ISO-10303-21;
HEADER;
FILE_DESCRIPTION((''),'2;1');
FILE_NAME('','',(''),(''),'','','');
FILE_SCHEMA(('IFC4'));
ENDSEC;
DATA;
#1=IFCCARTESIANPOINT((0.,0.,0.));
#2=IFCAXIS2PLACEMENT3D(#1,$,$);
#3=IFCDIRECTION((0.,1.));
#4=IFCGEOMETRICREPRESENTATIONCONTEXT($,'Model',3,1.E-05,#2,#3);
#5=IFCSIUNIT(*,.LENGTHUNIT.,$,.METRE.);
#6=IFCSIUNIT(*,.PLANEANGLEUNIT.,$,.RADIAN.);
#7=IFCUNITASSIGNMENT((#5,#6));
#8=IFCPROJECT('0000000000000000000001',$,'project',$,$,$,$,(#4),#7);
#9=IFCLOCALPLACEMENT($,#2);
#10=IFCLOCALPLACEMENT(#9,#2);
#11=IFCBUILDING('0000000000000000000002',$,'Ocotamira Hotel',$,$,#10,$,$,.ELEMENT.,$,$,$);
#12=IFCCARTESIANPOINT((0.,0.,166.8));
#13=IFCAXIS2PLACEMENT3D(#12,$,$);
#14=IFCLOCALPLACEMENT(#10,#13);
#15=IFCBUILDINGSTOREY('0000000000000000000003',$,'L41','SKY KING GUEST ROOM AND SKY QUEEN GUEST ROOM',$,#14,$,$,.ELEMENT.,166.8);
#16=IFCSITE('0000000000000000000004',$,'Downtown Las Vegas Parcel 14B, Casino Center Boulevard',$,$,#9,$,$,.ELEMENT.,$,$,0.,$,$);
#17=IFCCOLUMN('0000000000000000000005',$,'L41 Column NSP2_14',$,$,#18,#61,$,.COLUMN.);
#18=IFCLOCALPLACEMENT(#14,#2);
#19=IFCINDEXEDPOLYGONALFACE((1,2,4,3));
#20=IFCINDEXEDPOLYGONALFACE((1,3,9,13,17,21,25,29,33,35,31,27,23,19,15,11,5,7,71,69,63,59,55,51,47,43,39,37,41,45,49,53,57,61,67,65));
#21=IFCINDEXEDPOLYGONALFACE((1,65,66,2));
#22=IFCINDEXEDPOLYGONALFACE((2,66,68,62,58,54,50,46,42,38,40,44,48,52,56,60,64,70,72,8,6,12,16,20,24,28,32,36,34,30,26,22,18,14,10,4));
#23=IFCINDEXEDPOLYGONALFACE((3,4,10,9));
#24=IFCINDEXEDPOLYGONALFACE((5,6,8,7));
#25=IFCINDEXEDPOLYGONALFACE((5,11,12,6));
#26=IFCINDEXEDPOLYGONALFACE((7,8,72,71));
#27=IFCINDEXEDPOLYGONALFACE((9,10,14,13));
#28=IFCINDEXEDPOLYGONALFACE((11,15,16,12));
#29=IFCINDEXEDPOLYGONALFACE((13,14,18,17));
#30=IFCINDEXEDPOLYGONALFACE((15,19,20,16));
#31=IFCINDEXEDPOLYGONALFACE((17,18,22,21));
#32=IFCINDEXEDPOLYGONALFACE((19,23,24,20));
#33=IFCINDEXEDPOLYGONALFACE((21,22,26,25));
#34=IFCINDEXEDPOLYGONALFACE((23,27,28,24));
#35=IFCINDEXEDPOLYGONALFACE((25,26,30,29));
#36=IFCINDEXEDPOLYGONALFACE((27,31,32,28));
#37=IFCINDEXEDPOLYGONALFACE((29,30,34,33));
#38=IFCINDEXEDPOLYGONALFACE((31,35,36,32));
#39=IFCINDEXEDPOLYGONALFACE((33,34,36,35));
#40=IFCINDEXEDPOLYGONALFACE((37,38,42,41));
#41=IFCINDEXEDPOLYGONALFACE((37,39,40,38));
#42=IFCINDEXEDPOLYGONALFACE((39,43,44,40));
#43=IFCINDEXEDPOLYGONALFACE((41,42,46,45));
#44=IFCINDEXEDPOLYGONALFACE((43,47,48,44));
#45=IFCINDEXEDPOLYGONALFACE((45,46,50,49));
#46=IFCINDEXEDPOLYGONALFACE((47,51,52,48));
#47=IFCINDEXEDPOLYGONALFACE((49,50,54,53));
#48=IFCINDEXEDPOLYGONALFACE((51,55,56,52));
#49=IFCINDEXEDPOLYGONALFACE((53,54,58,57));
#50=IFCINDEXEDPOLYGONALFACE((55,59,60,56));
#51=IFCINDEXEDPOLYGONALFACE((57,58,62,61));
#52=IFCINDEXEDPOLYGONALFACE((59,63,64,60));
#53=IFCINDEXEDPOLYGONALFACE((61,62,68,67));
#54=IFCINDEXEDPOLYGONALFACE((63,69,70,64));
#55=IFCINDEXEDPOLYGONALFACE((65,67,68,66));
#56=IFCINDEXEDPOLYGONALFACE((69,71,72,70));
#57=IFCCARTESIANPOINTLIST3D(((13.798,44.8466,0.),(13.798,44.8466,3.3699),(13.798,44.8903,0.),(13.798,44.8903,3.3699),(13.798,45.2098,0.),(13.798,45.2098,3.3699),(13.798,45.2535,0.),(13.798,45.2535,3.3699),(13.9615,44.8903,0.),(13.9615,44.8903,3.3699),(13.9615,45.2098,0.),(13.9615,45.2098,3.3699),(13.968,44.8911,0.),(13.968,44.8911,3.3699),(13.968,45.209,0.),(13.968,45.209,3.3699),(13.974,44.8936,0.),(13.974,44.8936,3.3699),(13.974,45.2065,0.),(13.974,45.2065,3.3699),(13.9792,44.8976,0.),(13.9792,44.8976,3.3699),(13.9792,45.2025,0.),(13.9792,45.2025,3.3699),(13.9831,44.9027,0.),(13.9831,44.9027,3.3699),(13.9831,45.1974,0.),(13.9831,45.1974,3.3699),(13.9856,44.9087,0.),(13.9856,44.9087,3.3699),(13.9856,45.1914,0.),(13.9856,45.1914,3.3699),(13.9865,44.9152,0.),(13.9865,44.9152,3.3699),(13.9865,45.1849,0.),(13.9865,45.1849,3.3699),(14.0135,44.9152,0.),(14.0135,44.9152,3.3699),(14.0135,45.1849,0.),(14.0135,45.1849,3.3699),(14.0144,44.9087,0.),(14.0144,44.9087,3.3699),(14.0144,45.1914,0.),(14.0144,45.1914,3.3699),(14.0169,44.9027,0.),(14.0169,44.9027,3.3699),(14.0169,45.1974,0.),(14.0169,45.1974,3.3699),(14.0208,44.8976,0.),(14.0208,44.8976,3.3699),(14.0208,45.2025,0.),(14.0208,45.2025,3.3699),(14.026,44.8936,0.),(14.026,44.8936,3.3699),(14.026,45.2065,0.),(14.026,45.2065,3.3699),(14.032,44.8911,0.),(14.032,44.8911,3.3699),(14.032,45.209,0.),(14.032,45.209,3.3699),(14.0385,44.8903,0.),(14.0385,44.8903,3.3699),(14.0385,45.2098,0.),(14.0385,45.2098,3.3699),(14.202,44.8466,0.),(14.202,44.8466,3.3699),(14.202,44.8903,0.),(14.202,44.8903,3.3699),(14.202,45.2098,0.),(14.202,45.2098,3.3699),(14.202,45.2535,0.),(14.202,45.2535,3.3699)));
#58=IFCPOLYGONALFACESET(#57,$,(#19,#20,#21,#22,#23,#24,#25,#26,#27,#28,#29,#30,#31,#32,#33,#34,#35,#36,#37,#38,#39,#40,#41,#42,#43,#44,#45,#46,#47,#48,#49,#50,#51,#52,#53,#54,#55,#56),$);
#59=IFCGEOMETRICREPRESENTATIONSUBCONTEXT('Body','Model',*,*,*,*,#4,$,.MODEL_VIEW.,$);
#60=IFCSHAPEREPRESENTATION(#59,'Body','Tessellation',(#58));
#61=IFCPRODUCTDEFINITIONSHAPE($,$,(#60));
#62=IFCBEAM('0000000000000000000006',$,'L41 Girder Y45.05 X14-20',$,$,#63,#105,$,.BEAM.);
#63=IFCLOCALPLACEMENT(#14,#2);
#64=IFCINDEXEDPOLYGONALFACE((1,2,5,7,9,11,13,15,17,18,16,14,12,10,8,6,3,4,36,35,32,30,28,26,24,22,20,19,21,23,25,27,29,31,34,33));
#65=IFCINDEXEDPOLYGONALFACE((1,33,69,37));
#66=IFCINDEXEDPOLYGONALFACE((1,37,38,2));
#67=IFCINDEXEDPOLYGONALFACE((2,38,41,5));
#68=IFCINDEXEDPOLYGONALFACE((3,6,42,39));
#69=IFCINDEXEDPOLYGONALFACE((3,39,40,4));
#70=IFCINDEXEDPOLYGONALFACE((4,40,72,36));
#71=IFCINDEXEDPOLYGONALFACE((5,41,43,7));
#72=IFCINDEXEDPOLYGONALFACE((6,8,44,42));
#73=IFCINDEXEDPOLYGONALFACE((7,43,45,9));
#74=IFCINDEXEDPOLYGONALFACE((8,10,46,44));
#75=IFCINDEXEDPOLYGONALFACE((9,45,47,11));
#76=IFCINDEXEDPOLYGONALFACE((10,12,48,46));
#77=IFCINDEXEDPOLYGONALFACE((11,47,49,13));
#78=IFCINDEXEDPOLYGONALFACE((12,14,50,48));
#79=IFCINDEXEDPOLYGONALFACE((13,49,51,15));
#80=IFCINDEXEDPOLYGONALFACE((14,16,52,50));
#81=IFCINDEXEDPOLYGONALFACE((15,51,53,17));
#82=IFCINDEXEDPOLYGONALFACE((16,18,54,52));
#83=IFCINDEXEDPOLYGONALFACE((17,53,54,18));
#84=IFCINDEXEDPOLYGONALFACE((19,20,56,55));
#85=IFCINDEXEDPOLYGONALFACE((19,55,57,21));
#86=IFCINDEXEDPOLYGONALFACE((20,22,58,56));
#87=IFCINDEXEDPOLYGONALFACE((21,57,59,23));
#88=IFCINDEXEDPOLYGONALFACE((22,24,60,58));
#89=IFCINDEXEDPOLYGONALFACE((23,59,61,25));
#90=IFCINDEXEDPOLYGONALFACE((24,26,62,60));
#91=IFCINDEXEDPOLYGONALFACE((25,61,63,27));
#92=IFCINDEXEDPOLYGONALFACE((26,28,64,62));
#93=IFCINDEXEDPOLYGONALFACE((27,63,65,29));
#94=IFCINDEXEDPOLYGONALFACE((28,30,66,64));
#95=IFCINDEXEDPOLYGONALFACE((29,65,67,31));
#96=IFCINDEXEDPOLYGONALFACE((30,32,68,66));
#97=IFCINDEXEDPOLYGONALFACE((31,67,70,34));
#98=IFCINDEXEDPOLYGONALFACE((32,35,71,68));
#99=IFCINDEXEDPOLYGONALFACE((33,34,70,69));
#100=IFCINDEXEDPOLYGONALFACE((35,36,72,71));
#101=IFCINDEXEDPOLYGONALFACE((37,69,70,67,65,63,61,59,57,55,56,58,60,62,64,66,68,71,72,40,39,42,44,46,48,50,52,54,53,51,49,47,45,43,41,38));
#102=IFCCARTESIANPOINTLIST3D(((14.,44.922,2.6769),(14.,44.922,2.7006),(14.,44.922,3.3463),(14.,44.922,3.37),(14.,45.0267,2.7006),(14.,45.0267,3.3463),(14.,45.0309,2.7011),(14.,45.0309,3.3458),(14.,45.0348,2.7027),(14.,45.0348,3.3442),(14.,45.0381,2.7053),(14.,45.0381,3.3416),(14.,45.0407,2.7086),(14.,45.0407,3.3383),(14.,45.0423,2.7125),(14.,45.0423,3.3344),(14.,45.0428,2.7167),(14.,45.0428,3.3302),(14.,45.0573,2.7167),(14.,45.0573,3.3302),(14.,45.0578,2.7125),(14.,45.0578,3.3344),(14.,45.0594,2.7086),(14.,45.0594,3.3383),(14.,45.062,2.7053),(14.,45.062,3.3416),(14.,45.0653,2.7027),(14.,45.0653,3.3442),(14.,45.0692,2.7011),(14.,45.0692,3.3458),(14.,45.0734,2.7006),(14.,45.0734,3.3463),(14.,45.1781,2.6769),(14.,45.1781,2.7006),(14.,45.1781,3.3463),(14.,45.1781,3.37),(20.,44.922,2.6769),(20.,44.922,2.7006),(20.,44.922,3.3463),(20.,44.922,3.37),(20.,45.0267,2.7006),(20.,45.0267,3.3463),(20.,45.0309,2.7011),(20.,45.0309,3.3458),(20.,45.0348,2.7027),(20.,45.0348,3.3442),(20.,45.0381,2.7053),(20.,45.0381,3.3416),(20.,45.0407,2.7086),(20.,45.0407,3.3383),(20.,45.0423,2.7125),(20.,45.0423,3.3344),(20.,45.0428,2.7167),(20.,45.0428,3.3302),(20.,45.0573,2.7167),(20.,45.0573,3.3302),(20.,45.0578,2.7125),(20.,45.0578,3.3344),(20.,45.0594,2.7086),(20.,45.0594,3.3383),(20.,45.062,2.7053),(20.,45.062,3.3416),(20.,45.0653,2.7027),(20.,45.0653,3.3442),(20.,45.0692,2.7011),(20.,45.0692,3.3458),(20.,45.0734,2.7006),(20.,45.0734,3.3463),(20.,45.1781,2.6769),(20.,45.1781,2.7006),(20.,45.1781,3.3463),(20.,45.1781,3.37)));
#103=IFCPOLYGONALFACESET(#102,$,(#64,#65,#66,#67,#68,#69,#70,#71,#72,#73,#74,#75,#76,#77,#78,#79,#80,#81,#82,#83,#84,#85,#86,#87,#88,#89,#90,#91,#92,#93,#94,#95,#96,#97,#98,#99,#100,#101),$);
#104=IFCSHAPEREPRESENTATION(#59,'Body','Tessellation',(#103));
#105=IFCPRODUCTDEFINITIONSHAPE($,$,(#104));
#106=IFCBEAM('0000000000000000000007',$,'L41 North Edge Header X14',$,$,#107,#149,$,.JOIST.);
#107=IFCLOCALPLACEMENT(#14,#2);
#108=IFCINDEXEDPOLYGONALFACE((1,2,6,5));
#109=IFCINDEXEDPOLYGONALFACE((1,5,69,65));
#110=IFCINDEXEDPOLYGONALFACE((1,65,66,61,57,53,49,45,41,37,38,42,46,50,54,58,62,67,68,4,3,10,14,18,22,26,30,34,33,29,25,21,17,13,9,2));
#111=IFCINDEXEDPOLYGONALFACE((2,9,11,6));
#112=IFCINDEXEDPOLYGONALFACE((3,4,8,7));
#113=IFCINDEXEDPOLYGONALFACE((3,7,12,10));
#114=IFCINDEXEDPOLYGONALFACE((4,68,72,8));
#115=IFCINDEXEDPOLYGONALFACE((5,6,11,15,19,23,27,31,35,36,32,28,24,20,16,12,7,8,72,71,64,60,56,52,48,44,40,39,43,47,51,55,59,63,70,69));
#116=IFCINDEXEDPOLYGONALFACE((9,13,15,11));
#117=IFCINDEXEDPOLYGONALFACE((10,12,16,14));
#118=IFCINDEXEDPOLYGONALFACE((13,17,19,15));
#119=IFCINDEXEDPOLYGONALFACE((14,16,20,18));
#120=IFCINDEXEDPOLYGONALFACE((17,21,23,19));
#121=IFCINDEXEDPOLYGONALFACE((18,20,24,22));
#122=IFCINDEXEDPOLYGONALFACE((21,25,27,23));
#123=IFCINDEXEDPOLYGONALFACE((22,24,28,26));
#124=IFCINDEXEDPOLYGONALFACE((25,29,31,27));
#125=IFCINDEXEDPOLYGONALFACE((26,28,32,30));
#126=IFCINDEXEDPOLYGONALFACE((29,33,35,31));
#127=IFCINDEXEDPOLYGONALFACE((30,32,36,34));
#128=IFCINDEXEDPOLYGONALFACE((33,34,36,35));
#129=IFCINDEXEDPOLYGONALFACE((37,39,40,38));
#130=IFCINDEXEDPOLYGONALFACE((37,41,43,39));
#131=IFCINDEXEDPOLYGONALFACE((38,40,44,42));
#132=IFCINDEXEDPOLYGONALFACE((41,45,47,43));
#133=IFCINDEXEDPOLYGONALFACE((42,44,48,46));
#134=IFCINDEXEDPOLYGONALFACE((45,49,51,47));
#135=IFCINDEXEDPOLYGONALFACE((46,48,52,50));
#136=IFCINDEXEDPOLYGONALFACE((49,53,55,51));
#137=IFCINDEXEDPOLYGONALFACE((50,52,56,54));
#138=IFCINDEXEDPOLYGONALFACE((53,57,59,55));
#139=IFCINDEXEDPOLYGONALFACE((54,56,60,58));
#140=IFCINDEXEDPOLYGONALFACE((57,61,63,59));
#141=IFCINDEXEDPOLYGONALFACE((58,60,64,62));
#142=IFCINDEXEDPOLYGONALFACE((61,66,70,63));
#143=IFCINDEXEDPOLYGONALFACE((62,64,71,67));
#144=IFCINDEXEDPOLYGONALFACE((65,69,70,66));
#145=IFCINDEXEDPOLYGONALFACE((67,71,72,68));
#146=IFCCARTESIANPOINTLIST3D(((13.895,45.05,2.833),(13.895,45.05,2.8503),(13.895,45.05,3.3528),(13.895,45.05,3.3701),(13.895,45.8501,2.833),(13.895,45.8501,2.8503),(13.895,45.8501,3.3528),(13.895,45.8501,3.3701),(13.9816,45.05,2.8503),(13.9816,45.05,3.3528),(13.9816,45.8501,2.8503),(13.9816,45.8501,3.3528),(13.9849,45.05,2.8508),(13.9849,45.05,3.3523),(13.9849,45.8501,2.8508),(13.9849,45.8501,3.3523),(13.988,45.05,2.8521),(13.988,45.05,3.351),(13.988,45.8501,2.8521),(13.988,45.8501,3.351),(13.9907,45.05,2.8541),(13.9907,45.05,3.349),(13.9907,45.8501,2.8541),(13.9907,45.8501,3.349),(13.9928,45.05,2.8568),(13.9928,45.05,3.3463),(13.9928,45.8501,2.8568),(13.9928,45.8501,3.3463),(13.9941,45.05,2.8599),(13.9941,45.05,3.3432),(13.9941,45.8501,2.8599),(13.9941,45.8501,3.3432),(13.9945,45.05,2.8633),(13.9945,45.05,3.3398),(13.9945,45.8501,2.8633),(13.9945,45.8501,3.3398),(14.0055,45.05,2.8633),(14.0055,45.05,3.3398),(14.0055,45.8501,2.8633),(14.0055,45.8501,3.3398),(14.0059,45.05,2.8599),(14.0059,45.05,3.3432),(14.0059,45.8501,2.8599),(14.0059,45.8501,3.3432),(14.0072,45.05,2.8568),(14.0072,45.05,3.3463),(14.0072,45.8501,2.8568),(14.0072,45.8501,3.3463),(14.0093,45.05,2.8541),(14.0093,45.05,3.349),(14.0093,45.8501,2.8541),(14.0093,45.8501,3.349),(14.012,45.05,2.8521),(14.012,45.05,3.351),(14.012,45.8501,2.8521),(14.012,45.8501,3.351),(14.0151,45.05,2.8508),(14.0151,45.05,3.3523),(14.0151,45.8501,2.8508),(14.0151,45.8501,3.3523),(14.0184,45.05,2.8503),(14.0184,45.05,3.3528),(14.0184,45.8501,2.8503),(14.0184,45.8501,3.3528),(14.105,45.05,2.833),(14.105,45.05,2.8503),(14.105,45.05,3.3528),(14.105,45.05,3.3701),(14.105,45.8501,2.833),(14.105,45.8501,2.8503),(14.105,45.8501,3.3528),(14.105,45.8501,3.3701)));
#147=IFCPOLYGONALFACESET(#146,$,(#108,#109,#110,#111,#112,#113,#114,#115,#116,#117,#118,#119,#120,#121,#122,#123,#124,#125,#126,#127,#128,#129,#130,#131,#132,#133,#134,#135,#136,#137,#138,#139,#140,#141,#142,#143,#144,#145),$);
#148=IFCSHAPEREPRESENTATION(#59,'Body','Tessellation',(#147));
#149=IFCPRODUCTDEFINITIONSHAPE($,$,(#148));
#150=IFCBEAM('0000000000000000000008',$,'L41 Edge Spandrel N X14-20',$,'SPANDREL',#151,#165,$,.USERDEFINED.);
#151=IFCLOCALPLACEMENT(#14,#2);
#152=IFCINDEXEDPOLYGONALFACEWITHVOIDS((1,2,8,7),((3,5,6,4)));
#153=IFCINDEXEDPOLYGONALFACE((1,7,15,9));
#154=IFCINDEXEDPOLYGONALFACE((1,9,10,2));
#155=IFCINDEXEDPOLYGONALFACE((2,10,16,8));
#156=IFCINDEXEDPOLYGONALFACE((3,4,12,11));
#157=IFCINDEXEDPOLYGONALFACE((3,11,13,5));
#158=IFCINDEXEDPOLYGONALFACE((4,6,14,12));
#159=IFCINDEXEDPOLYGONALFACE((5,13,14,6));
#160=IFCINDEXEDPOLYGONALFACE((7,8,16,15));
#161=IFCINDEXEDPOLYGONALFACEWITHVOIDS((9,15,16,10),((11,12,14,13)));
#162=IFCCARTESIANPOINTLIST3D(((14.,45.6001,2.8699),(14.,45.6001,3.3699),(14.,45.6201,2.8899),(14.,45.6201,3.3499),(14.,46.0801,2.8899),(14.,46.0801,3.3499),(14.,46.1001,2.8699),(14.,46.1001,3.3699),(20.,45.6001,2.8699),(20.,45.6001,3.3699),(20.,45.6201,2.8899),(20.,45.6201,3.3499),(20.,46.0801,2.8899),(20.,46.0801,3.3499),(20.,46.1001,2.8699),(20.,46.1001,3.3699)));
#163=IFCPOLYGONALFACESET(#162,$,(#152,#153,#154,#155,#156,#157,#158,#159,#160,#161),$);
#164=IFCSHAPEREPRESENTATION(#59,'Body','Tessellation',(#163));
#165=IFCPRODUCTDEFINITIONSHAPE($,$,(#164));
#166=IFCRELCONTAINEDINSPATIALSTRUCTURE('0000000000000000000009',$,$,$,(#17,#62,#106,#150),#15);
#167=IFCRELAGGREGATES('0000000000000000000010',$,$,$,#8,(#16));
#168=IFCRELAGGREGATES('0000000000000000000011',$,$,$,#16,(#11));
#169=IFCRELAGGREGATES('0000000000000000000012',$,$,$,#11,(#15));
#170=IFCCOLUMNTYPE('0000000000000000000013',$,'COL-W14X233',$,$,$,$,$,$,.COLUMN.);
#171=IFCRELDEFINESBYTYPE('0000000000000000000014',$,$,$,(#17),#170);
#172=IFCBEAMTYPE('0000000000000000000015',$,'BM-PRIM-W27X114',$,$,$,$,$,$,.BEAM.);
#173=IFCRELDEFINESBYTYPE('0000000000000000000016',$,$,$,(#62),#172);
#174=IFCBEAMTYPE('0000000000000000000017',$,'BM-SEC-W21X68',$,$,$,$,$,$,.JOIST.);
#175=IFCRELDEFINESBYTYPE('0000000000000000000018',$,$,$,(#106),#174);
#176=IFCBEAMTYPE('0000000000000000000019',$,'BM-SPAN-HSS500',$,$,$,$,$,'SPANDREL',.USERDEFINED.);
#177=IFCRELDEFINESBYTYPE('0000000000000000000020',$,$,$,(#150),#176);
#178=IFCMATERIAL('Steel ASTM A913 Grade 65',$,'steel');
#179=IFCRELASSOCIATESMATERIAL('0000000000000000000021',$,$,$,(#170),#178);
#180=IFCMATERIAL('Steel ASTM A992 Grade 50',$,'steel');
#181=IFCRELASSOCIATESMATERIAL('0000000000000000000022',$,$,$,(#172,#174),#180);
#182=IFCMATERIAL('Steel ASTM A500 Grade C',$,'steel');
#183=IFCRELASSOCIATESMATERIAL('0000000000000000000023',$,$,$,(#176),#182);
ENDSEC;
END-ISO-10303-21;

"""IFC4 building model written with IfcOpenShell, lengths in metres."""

from ifc_helpers import new_model, si_unit, direction, frame, origin, origin_2d, place, context, subcontext, project, spatial, hollow_rectangle, i_section, extrude, source, transform, mapped, material, material_profile, profile_set, type_object, element, save


model = new_model("IFC4")

# Units and contexts
model_context = context("Model", 3, precision=1e-05, world=origin(), true_north=direction((0.0, 1.0)))
body_context = subcontext(model_context, "Body", "Model", "MODEL_VIEW")
ifc_project = project(units=[si_unit("LENGTHUNIT", "METRE"), si_unit("PLANEANGLEUNIT", "RADIAN")], contexts=[model_context])

# Site, building, storey
site_placement = place(None, origin())
site = spatial("IfcSite", under=ifc_project, at=site_placement, Name="Downtown Las Vegas Parcel 14B, Casino Center Boulevard", CompositionType="ELEMENT", RefElevation=0.0)
building_placement = place(site_placement, origin())
building = spatial("IfcBuilding", under=site, at=building_placement, Name="Ocotamira Hotel", CompositionType="ELEMENT")
storey_placement = place(building_placement, frame((0.0, 0.0, 166.8)))
storey = spatial("IfcBuildingStorey", under=building, at=storey_placement, Name="L41", Description="SKY KING GUEST ROOM AND SKY QUEEN GUEST ROOM", CompositionType="ELEMENT", Elevation=166.8)

# Column
ifc_material_1 = material(Name="Steel ASTM A913 Grade 65", Category="steel")
ifc_material_profile_1 = material_profile(ifc_material_1, i_section(OverallWidth=0.4041, OverallDepth=0.407, WebThickness=0.0271, FlangeThickness=0.0437, FilletRadius=0.0249, at=origin_2d()), Name="W14X233")
ifc_profile_set_1 = profile_set([ifc_material_profile_1], Name="Steel ASTM A913 Grade 65")
column_type = type_object("IfcColumnType", Name="COL-W14X233", PredefinedType="COLUMN", material=ifc_profile_set_1)
shared_shape_1 = source(origin(), body_context, "Body", "SweptSolid", [
    extrude(i_section(OverallWidth=0.4041, OverallDepth=0.407, WebThickness=0.0271, FlangeThickness=0.0437, FilletRadius=0.0249, at=origin_2d()), origin(), (0.0, 0.0, 1.0), 3.3699),
])
column_placement = place(storey_placement, frame((14.0, 45.05, 0.0), z_axis=(0.0, 0.0, 1.0), x_axis=(1.0, 0.0, 0.0)))
element("IfcColumn", 1, at=column_placement, inside=storey, type_object=column_type, Name="L41 Column NSP2_14", PredefinedType="COLUMN", context=body_context, shape_type="MappedRepresentation", body=[
    mapped(shared_shape_1, transform((0.0, 0.0, 0.0), scale=1.0)),
])

# Beams
ifc_material_2 = material(Name="Steel ASTM A992 Grade 50", Category="steel")
ifc_material_profile_2 = material_profile(ifc_material_2, i_section(OverallWidth=0.2561, OverallDepth=0.6931, WebThickness=0.0144, FlangeThickness=0.0237, FilletRadius=0.0161, at=origin_2d()), Name="W27X114")
ifc_profile_set_2 = profile_set([ifc_material_profile_2], Name="Steel ASTM A992 Grade 50")
beam_type_1 = type_object("IfcBeamType", Name="BM-PRIM-W27X114", PredefinedType="BEAM", material=ifc_profile_set_2)
shared_shape_2 = source(origin(), body_context, "Body", "SweptSolid", [
    extrude(i_section(OverallWidth=0.2561, OverallDepth=0.6931, WebThickness=0.0144, FlangeThickness=0.0237, FilletRadius=0.0161, at=origin_2d()), origin(), (0.0, 0.0, 1.0), 6.0),
])
beam_1_placement = place(storey_placement, frame((14.0, 45.05, 3.0234), z_axis=(1.0, 0.0, 0.0), x_axis=(0.0, 1.0, 0.0)))
element("IfcBeam", 2, at=beam_1_placement, inside=storey, type_object=beam_type_1, Name="L41 Girder Y45.05 X14-20", PredefinedType="BEAM", context=body_context, shape_type="MappedRepresentation", body=[
    mapped(shared_shape_2, transform((0.0, 0.0, 0.0), scale=1.0)),
])
ifc_material_profile_3 = material_profile(ifc_material_2, i_section(OverallWidth=0.21, OverallDepth=0.5371, WebThickness=0.011, FlangeThickness=0.0173, FilletRadius=0.0129, at=origin_2d()), Name="W21X68")
ifc_profile_set_3 = profile_set([ifc_material_profile_3], Name="Steel ASTM A992 Grade 50")
beam_type_2 = type_object("IfcBeamType", Name="BM-SEC-W21X68", PredefinedType="JOIST", material=ifc_profile_set_3)
shared_shape_3 = source(origin(), body_context, "Body", "SweptSolid", [
    extrude(i_section(OverallWidth=0.21, OverallDepth=0.5371, WebThickness=0.011, FlangeThickness=0.0173, FilletRadius=0.0129, at=origin_2d()), origin(), (0.0, 0.0, 1.0), 0.8),
])
beam_2_placement = place(storey_placement, frame((14.0, 45.05, 3.1016), z_axis=(0.0, 1.0, 0.0), x_axis=(-1.0, 0.0, 0.0)))
element("IfcBeam", 3, at=beam_2_placement, inside=storey, type_object=beam_type_2, Name="L41 North Edge Header X14", PredefinedType="JOIST", context=body_context, shape_type="MappedRepresentation", body=[
    mapped(shared_shape_3, transform((0.0, 0.0, 0.0), scale=1.0)),
])
ifc_material_3 = material(Name="Steel ASTM A500 Grade C", Category="steel")
ifc_material_profile_4 = material_profile(ifc_material_3, hollow_rectangle(XDim=0.5, YDim=0.5, WallThickness=0.02, at=origin_2d()), Name="HSS500X500X20")
ifc_profile_set_4 = profile_set([ifc_material_profile_4], Name="Steel ASTM A500 Grade C")
beam_type_3 = type_object("IfcBeamType", Name="BM-SPAN-HSS500", ElementType="SPANDREL", PredefinedType="USERDEFINED", material=ifc_profile_set_4)
shared_shape_4 = source(origin(), body_context, "Body", "SweptSolid", [
    extrude(hollow_rectangle(XDim=0.5, YDim=0.5, WallThickness=0.02, at=origin_2d()), origin(), (0.0, 0.0, 1.0), 6.0),
])
beam_3_placement = place(storey_placement, frame((14.0, 45.8501, 3.1199), z_axis=(1.0, 0.0, 0.0), x_axis=(0.0, 1.0, 0.0)))
element("IfcBeam", 4, at=beam_3_placement, inside=storey, type_object=beam_type_3, Name="L41 Edge Spandrel N X14-20", ObjectType="SPANDREL", PredefinedType="USERDEFINED", context=body_context, shape_type="MappedRepresentation", body=[
    mapped(shared_shape_4, transform((0.0, 0.0, 0.0), scale=1.0)),
])

save(model, "model.ifc")
